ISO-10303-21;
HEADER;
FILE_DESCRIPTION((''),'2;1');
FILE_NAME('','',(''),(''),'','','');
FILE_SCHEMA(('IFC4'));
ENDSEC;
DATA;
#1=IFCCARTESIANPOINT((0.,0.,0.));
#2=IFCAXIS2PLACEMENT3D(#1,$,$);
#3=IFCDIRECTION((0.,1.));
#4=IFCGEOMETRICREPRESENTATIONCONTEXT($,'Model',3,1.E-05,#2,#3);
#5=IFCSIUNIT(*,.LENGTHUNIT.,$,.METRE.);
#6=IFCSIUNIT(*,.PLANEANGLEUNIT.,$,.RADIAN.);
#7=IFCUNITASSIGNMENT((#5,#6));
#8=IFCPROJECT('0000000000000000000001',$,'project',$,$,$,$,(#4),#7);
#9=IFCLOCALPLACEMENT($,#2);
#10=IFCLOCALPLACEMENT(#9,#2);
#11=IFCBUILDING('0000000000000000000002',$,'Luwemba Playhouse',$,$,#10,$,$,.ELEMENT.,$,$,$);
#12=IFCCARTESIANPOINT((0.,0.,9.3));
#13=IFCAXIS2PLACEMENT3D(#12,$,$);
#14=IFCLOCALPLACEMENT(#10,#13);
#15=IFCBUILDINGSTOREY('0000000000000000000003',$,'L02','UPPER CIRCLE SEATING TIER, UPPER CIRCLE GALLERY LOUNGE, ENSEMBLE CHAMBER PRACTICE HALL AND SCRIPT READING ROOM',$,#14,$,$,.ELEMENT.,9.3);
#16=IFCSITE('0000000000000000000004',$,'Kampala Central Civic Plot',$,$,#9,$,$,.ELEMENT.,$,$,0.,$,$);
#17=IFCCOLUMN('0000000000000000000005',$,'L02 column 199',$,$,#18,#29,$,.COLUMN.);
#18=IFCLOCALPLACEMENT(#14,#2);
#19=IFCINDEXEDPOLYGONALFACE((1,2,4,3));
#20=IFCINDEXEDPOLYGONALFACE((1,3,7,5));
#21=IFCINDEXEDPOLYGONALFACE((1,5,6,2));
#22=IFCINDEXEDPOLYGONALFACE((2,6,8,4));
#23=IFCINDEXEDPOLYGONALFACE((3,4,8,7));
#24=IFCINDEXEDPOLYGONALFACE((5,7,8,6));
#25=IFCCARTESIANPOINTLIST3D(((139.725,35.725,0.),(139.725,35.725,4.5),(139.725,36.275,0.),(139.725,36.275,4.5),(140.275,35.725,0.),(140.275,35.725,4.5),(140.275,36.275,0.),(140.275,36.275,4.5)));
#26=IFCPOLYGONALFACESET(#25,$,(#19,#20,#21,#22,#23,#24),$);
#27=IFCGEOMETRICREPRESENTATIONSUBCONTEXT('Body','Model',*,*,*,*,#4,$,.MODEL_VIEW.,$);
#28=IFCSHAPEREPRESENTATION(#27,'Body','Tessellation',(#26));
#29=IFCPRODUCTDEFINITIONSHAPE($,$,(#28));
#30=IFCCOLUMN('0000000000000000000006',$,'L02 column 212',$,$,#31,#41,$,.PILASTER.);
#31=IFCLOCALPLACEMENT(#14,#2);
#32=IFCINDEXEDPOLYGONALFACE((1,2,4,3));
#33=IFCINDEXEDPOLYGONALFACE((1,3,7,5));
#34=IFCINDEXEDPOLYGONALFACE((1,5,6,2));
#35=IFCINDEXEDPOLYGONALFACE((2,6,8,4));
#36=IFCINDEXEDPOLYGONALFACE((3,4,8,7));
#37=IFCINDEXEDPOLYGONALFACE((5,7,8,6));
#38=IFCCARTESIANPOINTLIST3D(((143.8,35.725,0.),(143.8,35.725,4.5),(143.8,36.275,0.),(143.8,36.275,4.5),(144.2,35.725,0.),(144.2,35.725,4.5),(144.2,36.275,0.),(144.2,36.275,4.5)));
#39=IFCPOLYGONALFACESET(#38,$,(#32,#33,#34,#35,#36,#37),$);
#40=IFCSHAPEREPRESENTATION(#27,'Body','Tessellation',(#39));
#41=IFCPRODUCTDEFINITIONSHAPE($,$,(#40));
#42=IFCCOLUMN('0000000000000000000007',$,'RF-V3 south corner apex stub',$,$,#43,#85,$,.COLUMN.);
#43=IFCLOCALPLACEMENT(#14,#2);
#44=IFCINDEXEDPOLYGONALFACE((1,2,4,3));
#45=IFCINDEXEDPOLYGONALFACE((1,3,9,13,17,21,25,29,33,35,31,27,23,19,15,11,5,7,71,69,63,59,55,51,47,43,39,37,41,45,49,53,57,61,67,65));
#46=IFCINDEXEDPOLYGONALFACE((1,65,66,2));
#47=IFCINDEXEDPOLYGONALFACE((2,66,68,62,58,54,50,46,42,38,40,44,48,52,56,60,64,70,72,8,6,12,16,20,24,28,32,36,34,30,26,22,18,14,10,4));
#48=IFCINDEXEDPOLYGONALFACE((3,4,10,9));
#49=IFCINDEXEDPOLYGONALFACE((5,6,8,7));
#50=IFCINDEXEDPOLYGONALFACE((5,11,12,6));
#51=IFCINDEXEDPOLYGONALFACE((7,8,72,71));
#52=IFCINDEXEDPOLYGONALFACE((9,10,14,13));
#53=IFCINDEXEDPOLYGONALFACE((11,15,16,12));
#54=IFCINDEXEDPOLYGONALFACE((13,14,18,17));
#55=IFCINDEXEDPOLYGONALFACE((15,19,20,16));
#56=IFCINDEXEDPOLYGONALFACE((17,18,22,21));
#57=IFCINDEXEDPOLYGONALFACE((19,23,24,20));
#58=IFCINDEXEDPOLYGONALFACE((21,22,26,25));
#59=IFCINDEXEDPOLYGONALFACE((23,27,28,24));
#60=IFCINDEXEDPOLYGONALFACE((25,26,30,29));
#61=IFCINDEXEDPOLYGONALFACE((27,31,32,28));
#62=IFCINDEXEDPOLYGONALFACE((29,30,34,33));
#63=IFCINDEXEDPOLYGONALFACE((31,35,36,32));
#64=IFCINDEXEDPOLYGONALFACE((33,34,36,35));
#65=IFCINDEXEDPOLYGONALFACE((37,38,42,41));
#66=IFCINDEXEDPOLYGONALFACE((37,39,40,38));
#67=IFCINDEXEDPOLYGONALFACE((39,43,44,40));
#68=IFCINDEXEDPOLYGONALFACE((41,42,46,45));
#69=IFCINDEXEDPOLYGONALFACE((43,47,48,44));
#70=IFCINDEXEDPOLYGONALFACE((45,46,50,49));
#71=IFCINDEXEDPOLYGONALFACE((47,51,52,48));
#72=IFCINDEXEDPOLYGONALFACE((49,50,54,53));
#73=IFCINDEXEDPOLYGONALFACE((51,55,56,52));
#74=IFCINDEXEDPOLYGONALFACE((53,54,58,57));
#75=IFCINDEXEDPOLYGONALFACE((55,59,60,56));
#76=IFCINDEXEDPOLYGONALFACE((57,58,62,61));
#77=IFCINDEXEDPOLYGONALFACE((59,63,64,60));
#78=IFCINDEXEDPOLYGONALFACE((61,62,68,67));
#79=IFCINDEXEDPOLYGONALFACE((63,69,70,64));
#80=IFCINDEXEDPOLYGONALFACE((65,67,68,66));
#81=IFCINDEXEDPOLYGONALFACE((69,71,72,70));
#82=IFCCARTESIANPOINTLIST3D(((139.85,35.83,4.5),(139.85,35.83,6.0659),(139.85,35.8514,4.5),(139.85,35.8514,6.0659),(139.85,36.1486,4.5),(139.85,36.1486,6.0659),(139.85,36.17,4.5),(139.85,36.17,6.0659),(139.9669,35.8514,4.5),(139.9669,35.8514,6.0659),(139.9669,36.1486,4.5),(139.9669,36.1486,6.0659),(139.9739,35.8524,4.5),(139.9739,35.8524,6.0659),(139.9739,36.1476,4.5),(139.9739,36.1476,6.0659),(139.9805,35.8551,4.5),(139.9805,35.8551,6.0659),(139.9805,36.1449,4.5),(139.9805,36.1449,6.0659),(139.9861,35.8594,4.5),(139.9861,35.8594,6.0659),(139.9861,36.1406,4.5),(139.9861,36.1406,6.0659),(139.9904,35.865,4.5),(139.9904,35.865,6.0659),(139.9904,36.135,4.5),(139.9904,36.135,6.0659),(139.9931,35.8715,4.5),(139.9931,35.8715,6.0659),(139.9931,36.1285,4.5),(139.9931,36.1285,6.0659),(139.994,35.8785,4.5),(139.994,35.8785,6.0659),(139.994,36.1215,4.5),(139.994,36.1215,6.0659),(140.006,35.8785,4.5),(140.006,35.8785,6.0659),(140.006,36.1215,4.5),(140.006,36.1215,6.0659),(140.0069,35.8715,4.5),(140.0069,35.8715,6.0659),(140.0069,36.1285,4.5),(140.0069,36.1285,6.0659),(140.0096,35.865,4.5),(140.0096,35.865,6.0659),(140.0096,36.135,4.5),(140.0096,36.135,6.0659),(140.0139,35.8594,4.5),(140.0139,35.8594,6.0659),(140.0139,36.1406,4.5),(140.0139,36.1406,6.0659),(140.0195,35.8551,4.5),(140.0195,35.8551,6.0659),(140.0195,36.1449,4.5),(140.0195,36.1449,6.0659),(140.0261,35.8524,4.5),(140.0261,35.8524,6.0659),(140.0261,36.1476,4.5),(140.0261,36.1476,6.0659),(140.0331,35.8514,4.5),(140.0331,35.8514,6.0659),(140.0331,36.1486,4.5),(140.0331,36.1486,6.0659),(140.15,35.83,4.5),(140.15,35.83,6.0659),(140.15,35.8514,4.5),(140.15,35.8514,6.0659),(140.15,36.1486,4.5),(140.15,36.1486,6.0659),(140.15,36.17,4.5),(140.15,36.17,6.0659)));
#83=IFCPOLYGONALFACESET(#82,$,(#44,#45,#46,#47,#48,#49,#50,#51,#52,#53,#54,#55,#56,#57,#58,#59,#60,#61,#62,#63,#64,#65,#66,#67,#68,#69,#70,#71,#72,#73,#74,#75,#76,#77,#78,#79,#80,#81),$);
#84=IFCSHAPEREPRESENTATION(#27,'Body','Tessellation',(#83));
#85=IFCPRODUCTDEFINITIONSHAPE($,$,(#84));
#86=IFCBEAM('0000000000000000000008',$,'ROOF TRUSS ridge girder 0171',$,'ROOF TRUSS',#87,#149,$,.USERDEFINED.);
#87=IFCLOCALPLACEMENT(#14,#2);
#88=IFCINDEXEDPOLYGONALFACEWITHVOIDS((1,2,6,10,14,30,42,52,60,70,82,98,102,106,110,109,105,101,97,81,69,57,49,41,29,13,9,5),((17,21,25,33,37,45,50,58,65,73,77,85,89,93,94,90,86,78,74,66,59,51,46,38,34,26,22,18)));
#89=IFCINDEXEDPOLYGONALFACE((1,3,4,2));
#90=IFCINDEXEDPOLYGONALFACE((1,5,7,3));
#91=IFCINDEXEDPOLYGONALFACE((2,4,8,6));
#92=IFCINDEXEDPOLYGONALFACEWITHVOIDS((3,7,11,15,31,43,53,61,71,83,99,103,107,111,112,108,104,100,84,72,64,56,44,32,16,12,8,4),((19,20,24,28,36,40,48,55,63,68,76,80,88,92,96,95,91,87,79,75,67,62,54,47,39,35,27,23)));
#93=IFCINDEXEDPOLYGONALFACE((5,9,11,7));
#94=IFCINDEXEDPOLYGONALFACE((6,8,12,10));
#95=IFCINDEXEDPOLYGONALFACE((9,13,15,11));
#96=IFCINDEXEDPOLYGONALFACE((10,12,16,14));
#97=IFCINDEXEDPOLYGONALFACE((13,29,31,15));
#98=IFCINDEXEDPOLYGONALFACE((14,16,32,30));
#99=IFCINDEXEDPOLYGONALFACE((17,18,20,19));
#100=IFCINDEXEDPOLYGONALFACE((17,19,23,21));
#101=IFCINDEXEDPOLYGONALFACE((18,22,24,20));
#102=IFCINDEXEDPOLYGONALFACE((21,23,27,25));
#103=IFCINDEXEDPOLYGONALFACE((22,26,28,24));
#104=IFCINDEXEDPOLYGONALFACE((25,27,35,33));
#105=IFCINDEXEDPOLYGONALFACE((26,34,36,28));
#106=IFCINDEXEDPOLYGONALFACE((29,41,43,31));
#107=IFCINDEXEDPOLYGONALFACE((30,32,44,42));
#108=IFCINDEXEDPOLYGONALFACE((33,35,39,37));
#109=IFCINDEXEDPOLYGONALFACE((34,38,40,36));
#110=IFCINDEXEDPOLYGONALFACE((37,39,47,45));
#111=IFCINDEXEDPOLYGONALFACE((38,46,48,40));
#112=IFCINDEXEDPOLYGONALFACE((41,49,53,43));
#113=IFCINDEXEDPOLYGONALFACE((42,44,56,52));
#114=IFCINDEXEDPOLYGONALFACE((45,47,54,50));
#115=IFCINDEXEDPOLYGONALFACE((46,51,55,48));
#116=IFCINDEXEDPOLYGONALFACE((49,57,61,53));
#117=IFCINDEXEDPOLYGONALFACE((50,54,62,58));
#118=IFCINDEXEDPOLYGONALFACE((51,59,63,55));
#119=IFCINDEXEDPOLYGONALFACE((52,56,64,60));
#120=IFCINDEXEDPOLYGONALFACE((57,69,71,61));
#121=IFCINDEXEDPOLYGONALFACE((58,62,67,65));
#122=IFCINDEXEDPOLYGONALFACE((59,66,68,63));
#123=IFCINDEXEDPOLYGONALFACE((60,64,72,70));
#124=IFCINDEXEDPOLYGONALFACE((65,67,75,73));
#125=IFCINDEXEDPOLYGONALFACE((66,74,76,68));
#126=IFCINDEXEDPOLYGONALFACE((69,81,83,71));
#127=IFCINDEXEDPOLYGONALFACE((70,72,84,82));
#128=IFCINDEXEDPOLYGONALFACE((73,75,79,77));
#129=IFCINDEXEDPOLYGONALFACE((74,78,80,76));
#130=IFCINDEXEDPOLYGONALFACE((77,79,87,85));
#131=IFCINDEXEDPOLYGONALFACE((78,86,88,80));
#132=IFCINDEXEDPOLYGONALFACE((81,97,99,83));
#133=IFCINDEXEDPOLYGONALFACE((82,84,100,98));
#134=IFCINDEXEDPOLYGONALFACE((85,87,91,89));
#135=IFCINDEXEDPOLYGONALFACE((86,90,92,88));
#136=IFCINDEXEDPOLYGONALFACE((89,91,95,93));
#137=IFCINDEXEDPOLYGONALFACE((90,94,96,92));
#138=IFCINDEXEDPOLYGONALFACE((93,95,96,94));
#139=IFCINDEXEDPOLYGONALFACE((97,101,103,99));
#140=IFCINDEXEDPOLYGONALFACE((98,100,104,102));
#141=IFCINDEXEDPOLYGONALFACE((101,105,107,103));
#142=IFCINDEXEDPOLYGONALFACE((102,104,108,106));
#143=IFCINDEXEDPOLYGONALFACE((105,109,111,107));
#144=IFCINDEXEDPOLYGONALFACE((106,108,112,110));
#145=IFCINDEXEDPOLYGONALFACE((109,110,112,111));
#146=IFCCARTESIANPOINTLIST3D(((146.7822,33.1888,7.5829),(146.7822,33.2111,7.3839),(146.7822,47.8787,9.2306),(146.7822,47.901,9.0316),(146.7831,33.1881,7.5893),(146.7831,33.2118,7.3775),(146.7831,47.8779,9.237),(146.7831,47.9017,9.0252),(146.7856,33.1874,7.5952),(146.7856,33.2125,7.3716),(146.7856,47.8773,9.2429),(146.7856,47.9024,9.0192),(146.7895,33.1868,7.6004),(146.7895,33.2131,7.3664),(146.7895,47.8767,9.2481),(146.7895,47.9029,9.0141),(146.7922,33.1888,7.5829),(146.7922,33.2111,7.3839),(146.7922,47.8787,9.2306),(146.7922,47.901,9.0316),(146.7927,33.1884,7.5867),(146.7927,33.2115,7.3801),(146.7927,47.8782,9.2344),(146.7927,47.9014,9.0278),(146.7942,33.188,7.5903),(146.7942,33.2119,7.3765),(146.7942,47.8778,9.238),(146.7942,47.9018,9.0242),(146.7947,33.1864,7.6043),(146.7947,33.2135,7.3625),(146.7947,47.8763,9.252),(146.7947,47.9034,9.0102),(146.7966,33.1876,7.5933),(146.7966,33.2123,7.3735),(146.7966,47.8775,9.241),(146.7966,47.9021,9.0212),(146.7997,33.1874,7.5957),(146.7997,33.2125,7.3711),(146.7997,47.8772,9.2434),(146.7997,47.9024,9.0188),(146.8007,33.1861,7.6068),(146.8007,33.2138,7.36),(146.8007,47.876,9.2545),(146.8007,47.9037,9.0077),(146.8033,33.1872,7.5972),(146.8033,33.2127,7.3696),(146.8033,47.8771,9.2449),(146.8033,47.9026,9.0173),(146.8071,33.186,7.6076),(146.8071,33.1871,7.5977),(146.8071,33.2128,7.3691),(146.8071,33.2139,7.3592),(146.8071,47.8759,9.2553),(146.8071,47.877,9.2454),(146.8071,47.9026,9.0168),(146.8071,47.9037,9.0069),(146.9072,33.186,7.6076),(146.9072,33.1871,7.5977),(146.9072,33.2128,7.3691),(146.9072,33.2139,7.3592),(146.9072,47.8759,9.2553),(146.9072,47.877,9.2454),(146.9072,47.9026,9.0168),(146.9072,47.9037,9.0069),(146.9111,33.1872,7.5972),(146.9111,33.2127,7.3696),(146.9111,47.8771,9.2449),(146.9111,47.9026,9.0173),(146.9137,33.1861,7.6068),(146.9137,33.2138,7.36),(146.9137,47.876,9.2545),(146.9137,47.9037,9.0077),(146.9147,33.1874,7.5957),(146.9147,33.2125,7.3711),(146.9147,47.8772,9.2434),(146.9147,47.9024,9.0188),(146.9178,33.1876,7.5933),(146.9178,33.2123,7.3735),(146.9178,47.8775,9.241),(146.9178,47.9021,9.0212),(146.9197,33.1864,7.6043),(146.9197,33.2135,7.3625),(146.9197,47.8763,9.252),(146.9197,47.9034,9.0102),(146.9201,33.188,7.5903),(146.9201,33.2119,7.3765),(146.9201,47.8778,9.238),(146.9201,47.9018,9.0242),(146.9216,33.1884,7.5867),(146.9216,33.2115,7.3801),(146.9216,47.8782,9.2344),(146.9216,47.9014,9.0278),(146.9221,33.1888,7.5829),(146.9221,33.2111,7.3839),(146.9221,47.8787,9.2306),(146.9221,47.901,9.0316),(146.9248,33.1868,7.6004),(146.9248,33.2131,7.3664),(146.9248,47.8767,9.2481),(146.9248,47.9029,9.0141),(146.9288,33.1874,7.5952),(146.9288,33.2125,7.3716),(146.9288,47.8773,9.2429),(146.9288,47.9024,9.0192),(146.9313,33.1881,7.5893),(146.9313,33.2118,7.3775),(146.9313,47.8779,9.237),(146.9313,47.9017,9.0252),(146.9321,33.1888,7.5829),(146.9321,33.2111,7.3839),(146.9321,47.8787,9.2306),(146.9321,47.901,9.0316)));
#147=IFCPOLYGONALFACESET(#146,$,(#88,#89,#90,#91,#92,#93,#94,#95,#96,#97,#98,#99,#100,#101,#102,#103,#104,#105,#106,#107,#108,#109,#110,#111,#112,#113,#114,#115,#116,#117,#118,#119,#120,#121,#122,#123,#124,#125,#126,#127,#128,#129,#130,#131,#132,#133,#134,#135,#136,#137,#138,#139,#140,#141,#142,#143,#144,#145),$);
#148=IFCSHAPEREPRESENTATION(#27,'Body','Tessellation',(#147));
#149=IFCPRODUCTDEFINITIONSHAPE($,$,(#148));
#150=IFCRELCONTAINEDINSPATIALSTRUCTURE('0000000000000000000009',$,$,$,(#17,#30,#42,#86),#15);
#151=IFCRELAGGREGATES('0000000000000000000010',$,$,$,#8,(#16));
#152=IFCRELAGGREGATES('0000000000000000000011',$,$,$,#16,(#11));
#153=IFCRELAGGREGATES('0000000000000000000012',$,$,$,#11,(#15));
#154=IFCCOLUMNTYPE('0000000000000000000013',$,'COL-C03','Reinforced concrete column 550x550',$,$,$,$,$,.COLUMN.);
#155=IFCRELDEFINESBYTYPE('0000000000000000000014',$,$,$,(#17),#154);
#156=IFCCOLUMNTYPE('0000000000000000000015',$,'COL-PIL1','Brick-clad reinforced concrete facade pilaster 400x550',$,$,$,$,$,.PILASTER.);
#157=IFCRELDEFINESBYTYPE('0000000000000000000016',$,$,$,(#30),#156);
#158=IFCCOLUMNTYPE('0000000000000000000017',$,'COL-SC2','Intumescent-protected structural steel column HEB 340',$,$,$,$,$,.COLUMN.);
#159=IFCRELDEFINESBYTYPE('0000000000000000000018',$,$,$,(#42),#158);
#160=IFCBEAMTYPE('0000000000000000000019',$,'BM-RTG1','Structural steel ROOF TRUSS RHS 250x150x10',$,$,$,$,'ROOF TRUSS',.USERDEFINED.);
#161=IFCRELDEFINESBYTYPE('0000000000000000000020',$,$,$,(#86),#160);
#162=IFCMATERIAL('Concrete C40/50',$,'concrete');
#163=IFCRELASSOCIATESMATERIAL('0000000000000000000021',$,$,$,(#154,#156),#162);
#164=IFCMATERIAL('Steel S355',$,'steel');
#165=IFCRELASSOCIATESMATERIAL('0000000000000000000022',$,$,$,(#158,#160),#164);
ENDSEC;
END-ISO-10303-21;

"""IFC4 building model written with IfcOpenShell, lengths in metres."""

from ifc_helpers import new_model, si_unit, direction, frame, origin, origin_2d, place, context, subcontext, project, spatial, rectangle, hollow_rectangle, i_section, extrude, material, material_profile, profile_set, type_object, element, save


model = new_model("IFC4")

# Units and contexts
model_context = context("Model", 3, precision=1e-05, world=origin(), true_north=direction((0.0, 1.0)))
body_context = subcontext(model_context, "Body", "Model", "MODEL_VIEW")
ifc_project = project(units=[si_unit("LENGTHUNIT", "METRE"), si_unit("PLANEANGLEUNIT", "RADIAN")], contexts=[model_context])

# Site, building, storey
site_placement = place(None, origin())
site = spatial("IfcSite", under=ifc_project, at=site_placement, Name="Kampala Central Civic Plot", CompositionType="ELEMENT", RefElevation=0.0)
building_placement = place(site_placement, origin())
building = spatial("IfcBuilding", under=site, at=building_placement, Name="Luwemba Playhouse", CompositionType="ELEMENT")
storey_placement = place(building_placement, frame((0.0, 0.0, 9.3)))
storey = spatial("IfcBuildingStorey", under=building, at=storey_placement, Name="L02", Description="UPPER CIRCLE SEATING TIER, UPPER CIRCLE GALLERY LOUNGE, ENSEMBLE CHAMBER PRACTICE HALL AND SCRIPT READING ROOM", CompositionType="ELEMENT", Elevation=9.3)

# Columns
ifc_material_1 = material(Name="Concrete C40/50", Category="concrete")
ifc_material_profile_1 = material_profile(ifc_material_1, rectangle(XDim=0.55, YDim=0.55, at=origin_2d()))
ifc_profile_set_1 = profile_set([ifc_material_profile_1], Name="Concrete C40/50")
column_type_1 = type_object("IfcColumnType", Name="COL-C03", Description="Reinforced concrete column 550x550", PredefinedType="COLUMN", material=ifc_profile_set_1)
column_1_placement = place(storey_placement, frame((140.0, 36.0, 0.0), z_axis=(0.0, 0.0, 1.0), x_axis=(1.0, 0.0, 0.0)))
element("IfcColumn", 1, at=column_1_placement, inside=storey, type_object=column_type_1, Name="L02 column 199", PredefinedType="COLUMN", context=body_context, shape_type="SweptSolid", body=[
    extrude(rectangle(XDim=0.55, YDim=0.55, at=origin_2d()), origin(), (0.0, 0.0, 1.0), 4.5),
])
ifc_material_profile_2 = material_profile(ifc_material_1, rectangle(XDim=0.3999, YDim=0.55, at=origin_2d()))
ifc_profile_set_2 = profile_set([ifc_material_profile_2], Name="Concrete C40/50")
column_type_2 = type_object("IfcColumnType", Name="COL-PIL1", Description="Brick-clad reinforced concrete facade pilaster 400x550", PredefinedType="PILASTER", material=ifc_profile_set_2)
column_2_placement = place(storey_placement, frame((144.0, 36.0, 0.0), z_axis=(0.0, 0.0, 1.0), x_axis=(1.0, 0.0, 0.0)))
element("IfcColumn", 2, at=column_2_placement, inside=storey, type_object=column_type_2, Name="L02 column 212", PredefinedType="PILASTER", context=body_context, shape_type="SweptSolid", body=[
    extrude(rectangle(XDim=0.3999, YDim=0.55, at=origin_2d()), origin(), (0.0, 0.0, 1.0), 4.5),
])
ifc_material_2 = material(Name="Steel S355", Category="steel")
ifc_material_profile_3 = material_profile(ifc_material_2, i_section(OverallWidth=0.3, OverallDepth=0.3401, WebThickness=0.012, FlangeThickness=0.0215, FilletRadius=0.0271, at=origin_2d()))
ifc_profile_set_3 = profile_set([ifc_material_profile_3], Name="Steel S355")
column_type_3 = type_object("IfcColumnType", Name="COL-SC2", Description="Intumescent-protected structural steel column HEB 340", PredefinedType="COLUMN", material=ifc_profile_set_3)
column_3_placement = place(storey_placement, frame((140.0, 36.0, 4.5), z_axis=(0.0, 0.0, 1.0), x_axis=(1.0, 0.0, 0.0)))
element("IfcColumn", 3, at=column_3_placement, inside=storey, type_object=column_type_3, Name="RF-V3 south corner apex stub", PredefinedType="COLUMN", context=body_context, shape_type="SweptSolid", body=[
    extrude(i_section(OverallWidth=0.3, OverallDepth=0.3401, WebThickness=0.012, FlangeThickness=0.0215, FilletRadius=0.0271, at=origin_2d()), origin(), (0.0, 0.0, 1.0), 1.5659),
])

# Beam
ifc_material_profile_4 = material_profile(ifc_material_2, hollow_rectangle(XDim=0.1499, YDim=0.25, WallThickness=0.01, InnerFilletRadius=0.0149, OuterFilletRadius=0.0249, at=origin_2d()))
ifc_profile_set_4 = profile_set([ifc_material_profile_4], Name="Steel S355")
beam_type_1 = type_object("IfcBeamType", Name="BM-RTG1", Description="Structural steel ROOF TRUSS RHS 250x150x10", ElementType="ROOF TRUSS", PredefinedType="USERDEFINED", material=ifc_profile_set_4)
beam_1_placement = place(storey_placement, frame((146.8572, 33.2, 7.4834), z_axis=(0.0, 0.993768, 0.111467), x_axis=(-1.0, 0.0, 0.0)))
element("IfcBeam", 4, at=beam_1_placement, inside=storey, type_object=beam_type_1, Name="ROOF TRUSS ridge girder 0171", ObjectType="ROOF TRUSS", PredefinedType="USERDEFINED", context=body_context, shape_type="SweptSolid", body=[
    extrude(hollow_rectangle(XDim=0.1499, YDim=0.25, WallThickness=0.01, InnerFilletRadius=0.0149, OuterFilletRadius=0.0249, at=origin_2d()), origin(), (0.0, 0.0, 1.0), 14.782),
])

save(model, "model.ifc")
